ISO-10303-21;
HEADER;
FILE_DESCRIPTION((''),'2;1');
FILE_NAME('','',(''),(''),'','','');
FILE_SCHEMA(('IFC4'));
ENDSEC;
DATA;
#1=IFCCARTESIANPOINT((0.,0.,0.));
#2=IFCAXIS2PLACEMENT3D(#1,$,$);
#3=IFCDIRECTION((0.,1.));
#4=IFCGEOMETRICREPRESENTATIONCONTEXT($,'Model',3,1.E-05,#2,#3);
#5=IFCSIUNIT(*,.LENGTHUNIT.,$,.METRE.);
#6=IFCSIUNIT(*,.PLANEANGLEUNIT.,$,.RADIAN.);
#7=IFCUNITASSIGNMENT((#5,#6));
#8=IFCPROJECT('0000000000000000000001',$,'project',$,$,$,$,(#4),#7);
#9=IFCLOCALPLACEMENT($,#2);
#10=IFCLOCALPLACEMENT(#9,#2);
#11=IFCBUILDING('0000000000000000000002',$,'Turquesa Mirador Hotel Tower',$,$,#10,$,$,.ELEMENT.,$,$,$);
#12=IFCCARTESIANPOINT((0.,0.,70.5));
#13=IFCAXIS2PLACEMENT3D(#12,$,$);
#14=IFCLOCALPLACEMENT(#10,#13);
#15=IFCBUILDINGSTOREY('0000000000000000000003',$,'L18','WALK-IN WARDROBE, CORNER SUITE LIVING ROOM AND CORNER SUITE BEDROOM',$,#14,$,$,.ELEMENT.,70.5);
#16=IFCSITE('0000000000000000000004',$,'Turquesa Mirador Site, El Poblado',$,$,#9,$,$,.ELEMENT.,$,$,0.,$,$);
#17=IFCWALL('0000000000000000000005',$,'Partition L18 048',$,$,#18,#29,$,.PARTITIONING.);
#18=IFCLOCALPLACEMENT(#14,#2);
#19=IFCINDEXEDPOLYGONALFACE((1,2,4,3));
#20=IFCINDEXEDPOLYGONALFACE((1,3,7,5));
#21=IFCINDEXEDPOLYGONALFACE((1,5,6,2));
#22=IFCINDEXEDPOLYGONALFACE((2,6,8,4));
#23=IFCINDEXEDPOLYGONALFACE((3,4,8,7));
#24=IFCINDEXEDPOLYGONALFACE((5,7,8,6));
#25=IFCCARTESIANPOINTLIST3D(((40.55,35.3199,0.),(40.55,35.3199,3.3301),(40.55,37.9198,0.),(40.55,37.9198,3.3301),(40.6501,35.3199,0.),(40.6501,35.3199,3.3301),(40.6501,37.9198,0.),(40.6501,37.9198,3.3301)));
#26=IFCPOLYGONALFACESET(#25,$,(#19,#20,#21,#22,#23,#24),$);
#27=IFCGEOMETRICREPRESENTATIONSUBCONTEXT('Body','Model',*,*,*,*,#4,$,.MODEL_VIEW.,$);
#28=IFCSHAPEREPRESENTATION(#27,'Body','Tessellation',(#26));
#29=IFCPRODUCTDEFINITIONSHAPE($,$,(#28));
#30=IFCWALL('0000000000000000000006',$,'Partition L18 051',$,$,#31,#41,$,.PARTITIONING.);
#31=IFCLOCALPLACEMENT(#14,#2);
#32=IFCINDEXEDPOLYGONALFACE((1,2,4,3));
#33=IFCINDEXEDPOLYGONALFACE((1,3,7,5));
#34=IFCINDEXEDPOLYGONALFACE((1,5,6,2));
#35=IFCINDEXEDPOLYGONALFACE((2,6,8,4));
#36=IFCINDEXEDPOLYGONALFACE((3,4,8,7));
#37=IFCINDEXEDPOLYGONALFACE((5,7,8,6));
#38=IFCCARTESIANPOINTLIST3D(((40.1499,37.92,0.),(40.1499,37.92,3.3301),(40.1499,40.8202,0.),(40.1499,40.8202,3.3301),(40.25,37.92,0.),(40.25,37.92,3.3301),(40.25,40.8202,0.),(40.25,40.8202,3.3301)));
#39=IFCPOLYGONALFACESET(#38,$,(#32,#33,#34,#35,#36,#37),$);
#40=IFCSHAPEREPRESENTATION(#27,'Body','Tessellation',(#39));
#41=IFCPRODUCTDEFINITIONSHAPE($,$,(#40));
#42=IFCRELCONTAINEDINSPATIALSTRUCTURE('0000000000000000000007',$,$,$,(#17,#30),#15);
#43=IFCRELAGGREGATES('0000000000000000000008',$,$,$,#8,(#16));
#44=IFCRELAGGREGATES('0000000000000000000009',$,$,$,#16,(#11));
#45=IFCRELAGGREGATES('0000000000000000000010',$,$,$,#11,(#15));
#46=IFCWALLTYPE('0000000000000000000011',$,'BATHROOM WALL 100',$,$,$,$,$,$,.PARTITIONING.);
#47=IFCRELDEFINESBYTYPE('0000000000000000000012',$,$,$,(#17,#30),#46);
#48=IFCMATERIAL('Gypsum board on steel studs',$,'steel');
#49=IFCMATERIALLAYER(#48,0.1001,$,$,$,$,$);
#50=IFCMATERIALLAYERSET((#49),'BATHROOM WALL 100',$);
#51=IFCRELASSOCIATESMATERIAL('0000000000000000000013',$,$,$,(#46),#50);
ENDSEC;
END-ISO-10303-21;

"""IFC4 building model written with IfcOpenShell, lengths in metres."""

from ifc_helpers import new_model, si_unit, direction, frame, frame_2d, origin, place, context, subcontext, project, spatial, rectangle, extrude, material, layer, layer_set, type_object, element, save


model = new_model("IFC4")

# Units and contexts
model_context = context("Model", 3, precision=1e-05, world=origin(), true_north=direction((0.0, 1.0)))
body_context = subcontext(model_context, "Body", "Model", "MODEL_VIEW")
ifc_project = project(units=[si_unit("LENGTHUNIT", "METRE"), si_unit("PLANEANGLEUNIT", "RADIAN")], contexts=[model_context])

# Site, building, storey
site_placement = place(None, origin())
site = spatial("IfcSite", under=ifc_project, at=site_placement, Name="Turquesa Mirador Site, El Poblado", CompositionType="ELEMENT", RefElevation=0.0)
building_placement = place(site_placement, origin())
building = spatial("IfcBuilding", under=site, at=building_placement, Name="Turquesa Mirador Hotel Tower", CompositionType="ELEMENT")
storey_placement = place(building_placement, frame((0.0, 0.0, 70.5)))
storey = spatial("IfcBuildingStorey", under=building, at=storey_placement, Name="L18", Description="WALK-IN WARDROBE, CORNER SUITE LIVING ROOM AND CORNER SUITE BEDROOM", CompositionType="ELEMENT", Elevation=70.5)

# Shared definitions
ifc_material_1 = material(Name="Gypsum board on steel studs", Category="steel")
ifc_layer = layer(ifc_material_1, 0.1001)
ifc_layer_set = layer_set([ifc_layer], Name="BATHROOM WALL 100")
wall_type = type_object("IfcWallType", Name="BATHROOM WALL 100", PredefinedType="PARTITIONING", material=ifc_layer_set)

# Walls
wall_1_placement = place(storey_placement, frame((40.6001, 35.3201, 0.0), z_axis=(0.0, 0.0, 1.0), x_axis=(0.0, 1.0, 0.0)))
element("IfcWall", 1, at=wall_1_placement, inside=storey, type_object=wall_type, Name="Partition L18 048", PredefinedType="PARTITIONING", context=body_context, shape_type="SweptSolid", body=[
    extrude(rectangle(XDim=2.5999, YDim=0.1001, at=frame_2d((1.2998, 0.0))), origin(), (0.0, 0.0, 1.0), 3.3301),
])
wall_2_placement = place(storey_placement, frame((40.2, 37.9199, 0.0), z_axis=(0.0, 0.0, 1.0), x_axis=(0.0, 1.0, 0.0)))
element("IfcWall", 2, at=wall_2_placement, inside=storey, type_object=wall_type, Name="Partition L18 051", PredefinedType="PARTITIONING", context=body_context, shape_type="SweptSolid", body=[
    extrude(rectangle(XDim=2.9001, YDim=0.1001, at=frame_2d((1.4502, 0.0))), origin(), (0.0, 0.0, 1.0), 3.3301),
])

save(model, "model.ifc")
